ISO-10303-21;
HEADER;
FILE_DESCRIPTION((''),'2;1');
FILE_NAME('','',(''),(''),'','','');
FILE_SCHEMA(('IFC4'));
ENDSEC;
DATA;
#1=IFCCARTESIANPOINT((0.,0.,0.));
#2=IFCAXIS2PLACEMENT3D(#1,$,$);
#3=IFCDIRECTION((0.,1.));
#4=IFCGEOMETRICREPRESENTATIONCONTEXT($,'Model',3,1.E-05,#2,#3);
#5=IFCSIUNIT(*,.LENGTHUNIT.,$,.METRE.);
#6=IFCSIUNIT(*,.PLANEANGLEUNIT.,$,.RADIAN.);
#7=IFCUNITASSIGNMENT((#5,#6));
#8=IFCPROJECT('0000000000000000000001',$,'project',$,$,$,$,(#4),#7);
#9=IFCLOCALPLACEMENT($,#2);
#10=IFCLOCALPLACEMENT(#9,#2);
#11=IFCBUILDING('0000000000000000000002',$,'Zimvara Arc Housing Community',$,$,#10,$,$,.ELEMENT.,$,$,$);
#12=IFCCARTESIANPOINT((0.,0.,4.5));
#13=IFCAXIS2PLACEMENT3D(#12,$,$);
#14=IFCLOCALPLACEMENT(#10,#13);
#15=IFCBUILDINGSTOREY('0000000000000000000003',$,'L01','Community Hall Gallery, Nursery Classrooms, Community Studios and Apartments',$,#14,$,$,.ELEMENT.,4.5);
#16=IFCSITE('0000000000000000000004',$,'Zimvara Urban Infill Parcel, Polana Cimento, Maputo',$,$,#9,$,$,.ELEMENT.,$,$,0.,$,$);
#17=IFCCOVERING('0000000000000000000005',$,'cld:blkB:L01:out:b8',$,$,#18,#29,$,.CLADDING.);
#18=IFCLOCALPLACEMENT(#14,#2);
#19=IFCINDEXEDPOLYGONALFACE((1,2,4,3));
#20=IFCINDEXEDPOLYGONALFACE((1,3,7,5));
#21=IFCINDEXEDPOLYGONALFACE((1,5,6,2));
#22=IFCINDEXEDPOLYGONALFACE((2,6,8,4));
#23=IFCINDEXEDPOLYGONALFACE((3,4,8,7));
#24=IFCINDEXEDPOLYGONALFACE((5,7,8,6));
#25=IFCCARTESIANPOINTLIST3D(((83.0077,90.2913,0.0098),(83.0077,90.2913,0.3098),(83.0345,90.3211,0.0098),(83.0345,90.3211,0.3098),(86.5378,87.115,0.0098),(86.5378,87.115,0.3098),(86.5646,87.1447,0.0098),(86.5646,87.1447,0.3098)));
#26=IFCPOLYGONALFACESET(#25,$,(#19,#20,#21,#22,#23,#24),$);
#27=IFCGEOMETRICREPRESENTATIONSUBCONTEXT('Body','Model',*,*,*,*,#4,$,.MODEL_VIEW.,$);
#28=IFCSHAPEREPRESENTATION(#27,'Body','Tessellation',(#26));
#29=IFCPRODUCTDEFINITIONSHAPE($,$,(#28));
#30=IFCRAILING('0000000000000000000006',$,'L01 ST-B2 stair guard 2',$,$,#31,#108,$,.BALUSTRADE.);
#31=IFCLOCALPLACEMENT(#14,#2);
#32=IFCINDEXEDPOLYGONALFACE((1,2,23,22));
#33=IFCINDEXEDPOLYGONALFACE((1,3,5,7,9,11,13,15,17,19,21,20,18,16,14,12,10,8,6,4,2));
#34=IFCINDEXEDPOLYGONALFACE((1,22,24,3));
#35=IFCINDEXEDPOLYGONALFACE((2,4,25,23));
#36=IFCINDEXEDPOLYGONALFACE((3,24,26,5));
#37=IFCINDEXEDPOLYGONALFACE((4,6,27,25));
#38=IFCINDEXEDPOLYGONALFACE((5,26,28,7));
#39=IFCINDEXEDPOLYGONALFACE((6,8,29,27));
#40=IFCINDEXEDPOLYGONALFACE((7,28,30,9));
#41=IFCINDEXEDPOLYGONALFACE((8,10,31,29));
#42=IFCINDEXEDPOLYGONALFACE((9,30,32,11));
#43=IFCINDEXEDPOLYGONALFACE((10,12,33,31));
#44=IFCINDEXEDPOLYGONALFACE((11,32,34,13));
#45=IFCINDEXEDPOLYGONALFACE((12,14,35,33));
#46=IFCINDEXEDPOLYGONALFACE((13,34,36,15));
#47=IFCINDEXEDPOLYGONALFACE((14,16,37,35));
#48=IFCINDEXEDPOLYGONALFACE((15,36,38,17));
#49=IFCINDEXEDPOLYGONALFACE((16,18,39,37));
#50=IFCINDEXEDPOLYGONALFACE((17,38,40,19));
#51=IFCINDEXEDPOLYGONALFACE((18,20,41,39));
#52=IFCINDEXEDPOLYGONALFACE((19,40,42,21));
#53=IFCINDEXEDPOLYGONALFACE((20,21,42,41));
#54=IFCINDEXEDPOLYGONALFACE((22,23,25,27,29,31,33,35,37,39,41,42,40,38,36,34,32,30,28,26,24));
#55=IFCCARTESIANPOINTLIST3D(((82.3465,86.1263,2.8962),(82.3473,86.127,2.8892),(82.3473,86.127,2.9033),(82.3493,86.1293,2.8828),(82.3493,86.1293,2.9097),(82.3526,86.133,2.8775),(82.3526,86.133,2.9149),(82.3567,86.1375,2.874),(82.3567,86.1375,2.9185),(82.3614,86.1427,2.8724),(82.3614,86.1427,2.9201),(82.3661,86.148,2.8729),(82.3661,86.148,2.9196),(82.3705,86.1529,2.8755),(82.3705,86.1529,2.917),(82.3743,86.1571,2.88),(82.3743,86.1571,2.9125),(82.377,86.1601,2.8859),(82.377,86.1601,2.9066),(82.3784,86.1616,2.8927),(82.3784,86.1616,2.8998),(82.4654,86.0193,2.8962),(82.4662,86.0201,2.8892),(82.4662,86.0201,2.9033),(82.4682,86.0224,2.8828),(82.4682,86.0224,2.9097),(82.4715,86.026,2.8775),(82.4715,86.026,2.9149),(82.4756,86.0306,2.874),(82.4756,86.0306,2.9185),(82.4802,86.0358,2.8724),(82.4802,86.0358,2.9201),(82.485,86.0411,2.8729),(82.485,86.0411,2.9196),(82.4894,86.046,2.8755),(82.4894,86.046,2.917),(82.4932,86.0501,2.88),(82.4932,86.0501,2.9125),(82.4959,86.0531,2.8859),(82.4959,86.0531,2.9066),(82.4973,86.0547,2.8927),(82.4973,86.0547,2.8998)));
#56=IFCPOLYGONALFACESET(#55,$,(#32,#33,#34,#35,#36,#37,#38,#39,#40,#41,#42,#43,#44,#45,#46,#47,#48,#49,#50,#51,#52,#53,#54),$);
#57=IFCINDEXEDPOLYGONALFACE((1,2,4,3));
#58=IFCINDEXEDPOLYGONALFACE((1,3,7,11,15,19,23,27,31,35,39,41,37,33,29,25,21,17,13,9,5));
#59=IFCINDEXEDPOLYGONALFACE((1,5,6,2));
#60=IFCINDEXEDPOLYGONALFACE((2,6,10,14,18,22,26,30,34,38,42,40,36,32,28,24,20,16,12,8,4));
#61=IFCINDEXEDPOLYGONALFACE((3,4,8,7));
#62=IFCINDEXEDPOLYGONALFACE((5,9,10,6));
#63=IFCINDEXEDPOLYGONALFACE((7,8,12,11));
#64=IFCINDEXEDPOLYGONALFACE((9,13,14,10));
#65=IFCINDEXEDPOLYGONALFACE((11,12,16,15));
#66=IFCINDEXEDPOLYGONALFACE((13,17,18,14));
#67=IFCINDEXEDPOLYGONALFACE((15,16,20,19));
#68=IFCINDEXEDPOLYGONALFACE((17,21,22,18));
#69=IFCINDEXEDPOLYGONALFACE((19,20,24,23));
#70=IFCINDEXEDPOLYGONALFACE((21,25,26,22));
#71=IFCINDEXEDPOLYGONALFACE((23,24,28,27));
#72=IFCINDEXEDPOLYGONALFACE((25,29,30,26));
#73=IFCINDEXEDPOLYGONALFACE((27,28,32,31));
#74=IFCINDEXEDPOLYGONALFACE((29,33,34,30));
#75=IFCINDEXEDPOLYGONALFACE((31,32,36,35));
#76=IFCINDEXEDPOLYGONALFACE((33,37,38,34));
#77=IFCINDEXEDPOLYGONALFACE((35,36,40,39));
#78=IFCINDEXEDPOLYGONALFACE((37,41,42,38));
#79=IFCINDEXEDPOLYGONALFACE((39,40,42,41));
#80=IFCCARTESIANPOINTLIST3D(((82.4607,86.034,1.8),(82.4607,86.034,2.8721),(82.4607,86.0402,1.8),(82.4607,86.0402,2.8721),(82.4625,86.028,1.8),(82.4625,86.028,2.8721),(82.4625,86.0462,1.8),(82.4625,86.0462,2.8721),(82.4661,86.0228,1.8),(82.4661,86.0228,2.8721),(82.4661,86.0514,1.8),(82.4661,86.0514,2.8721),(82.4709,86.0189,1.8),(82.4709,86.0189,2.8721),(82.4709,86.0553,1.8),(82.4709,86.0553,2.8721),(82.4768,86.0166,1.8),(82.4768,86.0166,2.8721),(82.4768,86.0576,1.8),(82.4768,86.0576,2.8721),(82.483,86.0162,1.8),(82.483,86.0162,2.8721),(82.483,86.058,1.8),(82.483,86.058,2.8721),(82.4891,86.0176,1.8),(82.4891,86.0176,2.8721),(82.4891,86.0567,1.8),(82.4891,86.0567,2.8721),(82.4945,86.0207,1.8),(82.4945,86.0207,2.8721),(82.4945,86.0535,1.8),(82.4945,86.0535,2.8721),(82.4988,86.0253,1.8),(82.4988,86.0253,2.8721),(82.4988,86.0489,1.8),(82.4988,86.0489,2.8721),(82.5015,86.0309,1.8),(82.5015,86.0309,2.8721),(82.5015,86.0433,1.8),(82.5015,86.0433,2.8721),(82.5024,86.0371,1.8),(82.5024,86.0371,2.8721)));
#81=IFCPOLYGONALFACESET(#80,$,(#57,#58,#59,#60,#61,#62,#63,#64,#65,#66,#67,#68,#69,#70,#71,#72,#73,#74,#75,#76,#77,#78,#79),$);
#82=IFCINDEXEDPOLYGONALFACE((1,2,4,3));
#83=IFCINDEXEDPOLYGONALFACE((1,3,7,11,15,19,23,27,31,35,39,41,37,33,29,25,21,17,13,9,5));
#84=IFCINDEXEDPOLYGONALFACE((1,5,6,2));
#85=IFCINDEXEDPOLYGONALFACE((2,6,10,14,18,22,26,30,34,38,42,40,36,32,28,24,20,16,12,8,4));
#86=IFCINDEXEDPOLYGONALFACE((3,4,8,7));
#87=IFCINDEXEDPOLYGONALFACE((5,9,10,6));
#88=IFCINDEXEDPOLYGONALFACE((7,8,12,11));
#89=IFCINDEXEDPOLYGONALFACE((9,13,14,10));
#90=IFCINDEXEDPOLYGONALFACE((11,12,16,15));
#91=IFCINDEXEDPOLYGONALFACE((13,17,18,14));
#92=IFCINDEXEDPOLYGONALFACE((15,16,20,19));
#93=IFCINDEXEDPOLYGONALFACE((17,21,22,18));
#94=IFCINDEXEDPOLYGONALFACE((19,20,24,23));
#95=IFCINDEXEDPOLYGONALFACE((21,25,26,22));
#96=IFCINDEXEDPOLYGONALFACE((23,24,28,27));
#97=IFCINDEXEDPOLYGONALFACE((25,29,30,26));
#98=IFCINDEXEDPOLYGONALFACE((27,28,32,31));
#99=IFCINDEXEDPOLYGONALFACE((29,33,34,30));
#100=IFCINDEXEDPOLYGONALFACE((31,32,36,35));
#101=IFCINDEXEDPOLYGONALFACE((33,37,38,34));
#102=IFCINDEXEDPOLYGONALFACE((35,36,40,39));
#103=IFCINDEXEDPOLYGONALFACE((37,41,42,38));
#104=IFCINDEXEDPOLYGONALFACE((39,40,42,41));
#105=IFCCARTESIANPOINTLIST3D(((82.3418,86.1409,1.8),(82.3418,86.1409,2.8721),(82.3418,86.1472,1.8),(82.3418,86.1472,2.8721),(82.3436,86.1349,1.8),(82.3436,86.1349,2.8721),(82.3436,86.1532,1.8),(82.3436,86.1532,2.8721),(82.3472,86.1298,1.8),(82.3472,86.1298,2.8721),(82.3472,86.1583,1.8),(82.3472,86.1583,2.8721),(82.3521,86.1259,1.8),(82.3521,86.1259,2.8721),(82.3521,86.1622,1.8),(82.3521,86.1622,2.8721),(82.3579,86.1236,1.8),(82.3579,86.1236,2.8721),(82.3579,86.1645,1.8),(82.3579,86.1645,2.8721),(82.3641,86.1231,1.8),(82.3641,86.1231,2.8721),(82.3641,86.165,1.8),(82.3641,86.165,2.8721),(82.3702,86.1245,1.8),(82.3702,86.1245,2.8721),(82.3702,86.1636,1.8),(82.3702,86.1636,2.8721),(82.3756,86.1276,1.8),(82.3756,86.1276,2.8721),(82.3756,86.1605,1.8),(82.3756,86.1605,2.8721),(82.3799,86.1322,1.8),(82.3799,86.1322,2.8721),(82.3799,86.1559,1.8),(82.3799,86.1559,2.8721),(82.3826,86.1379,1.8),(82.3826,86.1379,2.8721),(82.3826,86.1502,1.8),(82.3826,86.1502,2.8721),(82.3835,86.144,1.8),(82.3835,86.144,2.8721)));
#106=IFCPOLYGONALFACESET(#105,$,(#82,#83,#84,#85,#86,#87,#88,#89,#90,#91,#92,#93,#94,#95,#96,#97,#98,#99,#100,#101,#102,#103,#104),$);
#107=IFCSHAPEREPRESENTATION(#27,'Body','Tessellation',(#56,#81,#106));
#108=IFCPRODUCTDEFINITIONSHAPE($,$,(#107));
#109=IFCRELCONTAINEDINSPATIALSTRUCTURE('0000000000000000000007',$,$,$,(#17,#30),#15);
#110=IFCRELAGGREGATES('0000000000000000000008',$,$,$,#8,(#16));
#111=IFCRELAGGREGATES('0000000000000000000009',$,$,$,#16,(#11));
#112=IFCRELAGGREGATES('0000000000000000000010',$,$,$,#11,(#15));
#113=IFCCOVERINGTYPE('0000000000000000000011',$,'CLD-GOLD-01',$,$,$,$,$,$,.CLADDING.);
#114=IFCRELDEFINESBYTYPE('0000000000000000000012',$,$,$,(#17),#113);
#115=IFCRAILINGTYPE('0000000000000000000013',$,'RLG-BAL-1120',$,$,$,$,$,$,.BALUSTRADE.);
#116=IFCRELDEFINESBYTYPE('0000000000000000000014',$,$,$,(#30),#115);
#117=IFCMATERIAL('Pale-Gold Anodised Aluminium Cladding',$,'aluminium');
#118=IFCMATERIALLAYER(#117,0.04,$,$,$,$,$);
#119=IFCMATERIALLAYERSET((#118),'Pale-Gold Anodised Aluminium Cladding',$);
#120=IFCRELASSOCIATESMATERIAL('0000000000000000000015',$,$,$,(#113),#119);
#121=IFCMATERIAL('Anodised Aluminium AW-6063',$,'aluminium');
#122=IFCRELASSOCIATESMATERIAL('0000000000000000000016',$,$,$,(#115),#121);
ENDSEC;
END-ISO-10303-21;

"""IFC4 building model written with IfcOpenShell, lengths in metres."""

from ifc_helpers import new_model, si_unit, direction, frame, origin, origin_2d, place, context, subcontext, project, spatial, rectangle, circle, extrude, material, layer, layer_set, type_object, element, save


model = new_model("IFC4")

# Units and contexts
model_context = context("Model", 3, precision=1e-05, world=origin(), true_north=direction((0.0, 1.0)))
body_context = subcontext(model_context, "Body", "Model", "MODEL_VIEW")
ifc_project = project(units=[si_unit("LENGTHUNIT", "METRE"), si_unit("PLANEANGLEUNIT", "RADIAN")], contexts=[model_context])

# Site, building, storey
site_placement = place(None, origin())
site = spatial("IfcSite", under=ifc_project, at=site_placement, Name="Zimvara Urban Infill Parcel, Polana Cimento, Maputo", CompositionType="ELEMENT", RefElevation=0.0)
building_placement = place(site_placement, origin())
building = spatial("IfcBuilding", under=site, at=building_placement, Name="Zimvara Arc Housing Community", CompositionType="ELEMENT")
storey_placement = place(building_placement, frame((0.0, 0.0, 4.5)))
storey = spatial("IfcBuildingStorey", under=building, at=storey_placement, Name="L01", Description="Community Hall Gallery, Nursery Classrooms, Community Studios and Apartments", CompositionType="ELEMENT", Elevation=4.5)

# Covering
ifc_material_1 = material(Name="Pale-Gold Anodised Aluminium Cladding", Category="aluminium")
ifc_layer_1 = layer(ifc_material_1, 0.04)
ifc_layer_set_1 = layer_set([ifc_layer_1], Name="Pale-Gold Anodised Aluminium Cladding")
covering_type = type_object("IfcCoveringType", Name="CLD-GOLD-01", PredefinedType="CLADDING", material=ifc_layer_set_1)
covering_placement = place(storey_placement, frame((84.7861, 88.718, 0.0098), z_axis=(0.0, 0.0, 1.0), x_axis=(0.743377, -0.668872, 0.0)))
element("IfcCovering", 1, at=covering_placement, inside=storey, type_object=covering_type, Name="cld:blkB:L01:out:b8", PredefinedType="CLADDING", context=body_context, shape_type="SweptSolid", body=[
    extrude(rectangle(XDim=4.7488, YDim=0.04, at=origin_2d()), origin(), (0.0, 0.0, 1.0), 0.3),
])

# Railing
ifc_material_2 = material(Name="Anodised Aluminium AW-6063", Category="aluminium")
railing_type = type_object("IfcRailingType", Name="RLG-BAL-1120", PredefinedType="BALUSTRADE", material=ifc_material_2)
railing_1_placement = place(storey_placement, frame((82.4814, 86.0371, 1.8)))
element("IfcRailing", 2, at=railing_1_placement, inside=storey, type_object=railing_type, Name="L01 ST-B2 stair guard 2", PredefinedType="BALUSTRADE", context=body_context, shape_type="SweptSolid", body=[
    extrude(circle(Radius=0.0239, at=origin_2d()), frame((0.0, 0.0, 1.0962), z_axis=(-0.743522, 0.668712, 0.0), x_axis=(-0.668712, -0.743522, 0.0)), (0.0, 0.0, 1.0), 0.1599),
    extrude(circle(Radius=0.021, at=origin_2d()), origin(), (0.0, 0.0, 1.0), 1.072),
    extrude(circle(Radius=0.021, at=origin_2d()), frame((-0.1189, 0.1069, 0.0)), (0.0, 0.0, 1.0), 1.072),
])

save(model, "model.ifc")
